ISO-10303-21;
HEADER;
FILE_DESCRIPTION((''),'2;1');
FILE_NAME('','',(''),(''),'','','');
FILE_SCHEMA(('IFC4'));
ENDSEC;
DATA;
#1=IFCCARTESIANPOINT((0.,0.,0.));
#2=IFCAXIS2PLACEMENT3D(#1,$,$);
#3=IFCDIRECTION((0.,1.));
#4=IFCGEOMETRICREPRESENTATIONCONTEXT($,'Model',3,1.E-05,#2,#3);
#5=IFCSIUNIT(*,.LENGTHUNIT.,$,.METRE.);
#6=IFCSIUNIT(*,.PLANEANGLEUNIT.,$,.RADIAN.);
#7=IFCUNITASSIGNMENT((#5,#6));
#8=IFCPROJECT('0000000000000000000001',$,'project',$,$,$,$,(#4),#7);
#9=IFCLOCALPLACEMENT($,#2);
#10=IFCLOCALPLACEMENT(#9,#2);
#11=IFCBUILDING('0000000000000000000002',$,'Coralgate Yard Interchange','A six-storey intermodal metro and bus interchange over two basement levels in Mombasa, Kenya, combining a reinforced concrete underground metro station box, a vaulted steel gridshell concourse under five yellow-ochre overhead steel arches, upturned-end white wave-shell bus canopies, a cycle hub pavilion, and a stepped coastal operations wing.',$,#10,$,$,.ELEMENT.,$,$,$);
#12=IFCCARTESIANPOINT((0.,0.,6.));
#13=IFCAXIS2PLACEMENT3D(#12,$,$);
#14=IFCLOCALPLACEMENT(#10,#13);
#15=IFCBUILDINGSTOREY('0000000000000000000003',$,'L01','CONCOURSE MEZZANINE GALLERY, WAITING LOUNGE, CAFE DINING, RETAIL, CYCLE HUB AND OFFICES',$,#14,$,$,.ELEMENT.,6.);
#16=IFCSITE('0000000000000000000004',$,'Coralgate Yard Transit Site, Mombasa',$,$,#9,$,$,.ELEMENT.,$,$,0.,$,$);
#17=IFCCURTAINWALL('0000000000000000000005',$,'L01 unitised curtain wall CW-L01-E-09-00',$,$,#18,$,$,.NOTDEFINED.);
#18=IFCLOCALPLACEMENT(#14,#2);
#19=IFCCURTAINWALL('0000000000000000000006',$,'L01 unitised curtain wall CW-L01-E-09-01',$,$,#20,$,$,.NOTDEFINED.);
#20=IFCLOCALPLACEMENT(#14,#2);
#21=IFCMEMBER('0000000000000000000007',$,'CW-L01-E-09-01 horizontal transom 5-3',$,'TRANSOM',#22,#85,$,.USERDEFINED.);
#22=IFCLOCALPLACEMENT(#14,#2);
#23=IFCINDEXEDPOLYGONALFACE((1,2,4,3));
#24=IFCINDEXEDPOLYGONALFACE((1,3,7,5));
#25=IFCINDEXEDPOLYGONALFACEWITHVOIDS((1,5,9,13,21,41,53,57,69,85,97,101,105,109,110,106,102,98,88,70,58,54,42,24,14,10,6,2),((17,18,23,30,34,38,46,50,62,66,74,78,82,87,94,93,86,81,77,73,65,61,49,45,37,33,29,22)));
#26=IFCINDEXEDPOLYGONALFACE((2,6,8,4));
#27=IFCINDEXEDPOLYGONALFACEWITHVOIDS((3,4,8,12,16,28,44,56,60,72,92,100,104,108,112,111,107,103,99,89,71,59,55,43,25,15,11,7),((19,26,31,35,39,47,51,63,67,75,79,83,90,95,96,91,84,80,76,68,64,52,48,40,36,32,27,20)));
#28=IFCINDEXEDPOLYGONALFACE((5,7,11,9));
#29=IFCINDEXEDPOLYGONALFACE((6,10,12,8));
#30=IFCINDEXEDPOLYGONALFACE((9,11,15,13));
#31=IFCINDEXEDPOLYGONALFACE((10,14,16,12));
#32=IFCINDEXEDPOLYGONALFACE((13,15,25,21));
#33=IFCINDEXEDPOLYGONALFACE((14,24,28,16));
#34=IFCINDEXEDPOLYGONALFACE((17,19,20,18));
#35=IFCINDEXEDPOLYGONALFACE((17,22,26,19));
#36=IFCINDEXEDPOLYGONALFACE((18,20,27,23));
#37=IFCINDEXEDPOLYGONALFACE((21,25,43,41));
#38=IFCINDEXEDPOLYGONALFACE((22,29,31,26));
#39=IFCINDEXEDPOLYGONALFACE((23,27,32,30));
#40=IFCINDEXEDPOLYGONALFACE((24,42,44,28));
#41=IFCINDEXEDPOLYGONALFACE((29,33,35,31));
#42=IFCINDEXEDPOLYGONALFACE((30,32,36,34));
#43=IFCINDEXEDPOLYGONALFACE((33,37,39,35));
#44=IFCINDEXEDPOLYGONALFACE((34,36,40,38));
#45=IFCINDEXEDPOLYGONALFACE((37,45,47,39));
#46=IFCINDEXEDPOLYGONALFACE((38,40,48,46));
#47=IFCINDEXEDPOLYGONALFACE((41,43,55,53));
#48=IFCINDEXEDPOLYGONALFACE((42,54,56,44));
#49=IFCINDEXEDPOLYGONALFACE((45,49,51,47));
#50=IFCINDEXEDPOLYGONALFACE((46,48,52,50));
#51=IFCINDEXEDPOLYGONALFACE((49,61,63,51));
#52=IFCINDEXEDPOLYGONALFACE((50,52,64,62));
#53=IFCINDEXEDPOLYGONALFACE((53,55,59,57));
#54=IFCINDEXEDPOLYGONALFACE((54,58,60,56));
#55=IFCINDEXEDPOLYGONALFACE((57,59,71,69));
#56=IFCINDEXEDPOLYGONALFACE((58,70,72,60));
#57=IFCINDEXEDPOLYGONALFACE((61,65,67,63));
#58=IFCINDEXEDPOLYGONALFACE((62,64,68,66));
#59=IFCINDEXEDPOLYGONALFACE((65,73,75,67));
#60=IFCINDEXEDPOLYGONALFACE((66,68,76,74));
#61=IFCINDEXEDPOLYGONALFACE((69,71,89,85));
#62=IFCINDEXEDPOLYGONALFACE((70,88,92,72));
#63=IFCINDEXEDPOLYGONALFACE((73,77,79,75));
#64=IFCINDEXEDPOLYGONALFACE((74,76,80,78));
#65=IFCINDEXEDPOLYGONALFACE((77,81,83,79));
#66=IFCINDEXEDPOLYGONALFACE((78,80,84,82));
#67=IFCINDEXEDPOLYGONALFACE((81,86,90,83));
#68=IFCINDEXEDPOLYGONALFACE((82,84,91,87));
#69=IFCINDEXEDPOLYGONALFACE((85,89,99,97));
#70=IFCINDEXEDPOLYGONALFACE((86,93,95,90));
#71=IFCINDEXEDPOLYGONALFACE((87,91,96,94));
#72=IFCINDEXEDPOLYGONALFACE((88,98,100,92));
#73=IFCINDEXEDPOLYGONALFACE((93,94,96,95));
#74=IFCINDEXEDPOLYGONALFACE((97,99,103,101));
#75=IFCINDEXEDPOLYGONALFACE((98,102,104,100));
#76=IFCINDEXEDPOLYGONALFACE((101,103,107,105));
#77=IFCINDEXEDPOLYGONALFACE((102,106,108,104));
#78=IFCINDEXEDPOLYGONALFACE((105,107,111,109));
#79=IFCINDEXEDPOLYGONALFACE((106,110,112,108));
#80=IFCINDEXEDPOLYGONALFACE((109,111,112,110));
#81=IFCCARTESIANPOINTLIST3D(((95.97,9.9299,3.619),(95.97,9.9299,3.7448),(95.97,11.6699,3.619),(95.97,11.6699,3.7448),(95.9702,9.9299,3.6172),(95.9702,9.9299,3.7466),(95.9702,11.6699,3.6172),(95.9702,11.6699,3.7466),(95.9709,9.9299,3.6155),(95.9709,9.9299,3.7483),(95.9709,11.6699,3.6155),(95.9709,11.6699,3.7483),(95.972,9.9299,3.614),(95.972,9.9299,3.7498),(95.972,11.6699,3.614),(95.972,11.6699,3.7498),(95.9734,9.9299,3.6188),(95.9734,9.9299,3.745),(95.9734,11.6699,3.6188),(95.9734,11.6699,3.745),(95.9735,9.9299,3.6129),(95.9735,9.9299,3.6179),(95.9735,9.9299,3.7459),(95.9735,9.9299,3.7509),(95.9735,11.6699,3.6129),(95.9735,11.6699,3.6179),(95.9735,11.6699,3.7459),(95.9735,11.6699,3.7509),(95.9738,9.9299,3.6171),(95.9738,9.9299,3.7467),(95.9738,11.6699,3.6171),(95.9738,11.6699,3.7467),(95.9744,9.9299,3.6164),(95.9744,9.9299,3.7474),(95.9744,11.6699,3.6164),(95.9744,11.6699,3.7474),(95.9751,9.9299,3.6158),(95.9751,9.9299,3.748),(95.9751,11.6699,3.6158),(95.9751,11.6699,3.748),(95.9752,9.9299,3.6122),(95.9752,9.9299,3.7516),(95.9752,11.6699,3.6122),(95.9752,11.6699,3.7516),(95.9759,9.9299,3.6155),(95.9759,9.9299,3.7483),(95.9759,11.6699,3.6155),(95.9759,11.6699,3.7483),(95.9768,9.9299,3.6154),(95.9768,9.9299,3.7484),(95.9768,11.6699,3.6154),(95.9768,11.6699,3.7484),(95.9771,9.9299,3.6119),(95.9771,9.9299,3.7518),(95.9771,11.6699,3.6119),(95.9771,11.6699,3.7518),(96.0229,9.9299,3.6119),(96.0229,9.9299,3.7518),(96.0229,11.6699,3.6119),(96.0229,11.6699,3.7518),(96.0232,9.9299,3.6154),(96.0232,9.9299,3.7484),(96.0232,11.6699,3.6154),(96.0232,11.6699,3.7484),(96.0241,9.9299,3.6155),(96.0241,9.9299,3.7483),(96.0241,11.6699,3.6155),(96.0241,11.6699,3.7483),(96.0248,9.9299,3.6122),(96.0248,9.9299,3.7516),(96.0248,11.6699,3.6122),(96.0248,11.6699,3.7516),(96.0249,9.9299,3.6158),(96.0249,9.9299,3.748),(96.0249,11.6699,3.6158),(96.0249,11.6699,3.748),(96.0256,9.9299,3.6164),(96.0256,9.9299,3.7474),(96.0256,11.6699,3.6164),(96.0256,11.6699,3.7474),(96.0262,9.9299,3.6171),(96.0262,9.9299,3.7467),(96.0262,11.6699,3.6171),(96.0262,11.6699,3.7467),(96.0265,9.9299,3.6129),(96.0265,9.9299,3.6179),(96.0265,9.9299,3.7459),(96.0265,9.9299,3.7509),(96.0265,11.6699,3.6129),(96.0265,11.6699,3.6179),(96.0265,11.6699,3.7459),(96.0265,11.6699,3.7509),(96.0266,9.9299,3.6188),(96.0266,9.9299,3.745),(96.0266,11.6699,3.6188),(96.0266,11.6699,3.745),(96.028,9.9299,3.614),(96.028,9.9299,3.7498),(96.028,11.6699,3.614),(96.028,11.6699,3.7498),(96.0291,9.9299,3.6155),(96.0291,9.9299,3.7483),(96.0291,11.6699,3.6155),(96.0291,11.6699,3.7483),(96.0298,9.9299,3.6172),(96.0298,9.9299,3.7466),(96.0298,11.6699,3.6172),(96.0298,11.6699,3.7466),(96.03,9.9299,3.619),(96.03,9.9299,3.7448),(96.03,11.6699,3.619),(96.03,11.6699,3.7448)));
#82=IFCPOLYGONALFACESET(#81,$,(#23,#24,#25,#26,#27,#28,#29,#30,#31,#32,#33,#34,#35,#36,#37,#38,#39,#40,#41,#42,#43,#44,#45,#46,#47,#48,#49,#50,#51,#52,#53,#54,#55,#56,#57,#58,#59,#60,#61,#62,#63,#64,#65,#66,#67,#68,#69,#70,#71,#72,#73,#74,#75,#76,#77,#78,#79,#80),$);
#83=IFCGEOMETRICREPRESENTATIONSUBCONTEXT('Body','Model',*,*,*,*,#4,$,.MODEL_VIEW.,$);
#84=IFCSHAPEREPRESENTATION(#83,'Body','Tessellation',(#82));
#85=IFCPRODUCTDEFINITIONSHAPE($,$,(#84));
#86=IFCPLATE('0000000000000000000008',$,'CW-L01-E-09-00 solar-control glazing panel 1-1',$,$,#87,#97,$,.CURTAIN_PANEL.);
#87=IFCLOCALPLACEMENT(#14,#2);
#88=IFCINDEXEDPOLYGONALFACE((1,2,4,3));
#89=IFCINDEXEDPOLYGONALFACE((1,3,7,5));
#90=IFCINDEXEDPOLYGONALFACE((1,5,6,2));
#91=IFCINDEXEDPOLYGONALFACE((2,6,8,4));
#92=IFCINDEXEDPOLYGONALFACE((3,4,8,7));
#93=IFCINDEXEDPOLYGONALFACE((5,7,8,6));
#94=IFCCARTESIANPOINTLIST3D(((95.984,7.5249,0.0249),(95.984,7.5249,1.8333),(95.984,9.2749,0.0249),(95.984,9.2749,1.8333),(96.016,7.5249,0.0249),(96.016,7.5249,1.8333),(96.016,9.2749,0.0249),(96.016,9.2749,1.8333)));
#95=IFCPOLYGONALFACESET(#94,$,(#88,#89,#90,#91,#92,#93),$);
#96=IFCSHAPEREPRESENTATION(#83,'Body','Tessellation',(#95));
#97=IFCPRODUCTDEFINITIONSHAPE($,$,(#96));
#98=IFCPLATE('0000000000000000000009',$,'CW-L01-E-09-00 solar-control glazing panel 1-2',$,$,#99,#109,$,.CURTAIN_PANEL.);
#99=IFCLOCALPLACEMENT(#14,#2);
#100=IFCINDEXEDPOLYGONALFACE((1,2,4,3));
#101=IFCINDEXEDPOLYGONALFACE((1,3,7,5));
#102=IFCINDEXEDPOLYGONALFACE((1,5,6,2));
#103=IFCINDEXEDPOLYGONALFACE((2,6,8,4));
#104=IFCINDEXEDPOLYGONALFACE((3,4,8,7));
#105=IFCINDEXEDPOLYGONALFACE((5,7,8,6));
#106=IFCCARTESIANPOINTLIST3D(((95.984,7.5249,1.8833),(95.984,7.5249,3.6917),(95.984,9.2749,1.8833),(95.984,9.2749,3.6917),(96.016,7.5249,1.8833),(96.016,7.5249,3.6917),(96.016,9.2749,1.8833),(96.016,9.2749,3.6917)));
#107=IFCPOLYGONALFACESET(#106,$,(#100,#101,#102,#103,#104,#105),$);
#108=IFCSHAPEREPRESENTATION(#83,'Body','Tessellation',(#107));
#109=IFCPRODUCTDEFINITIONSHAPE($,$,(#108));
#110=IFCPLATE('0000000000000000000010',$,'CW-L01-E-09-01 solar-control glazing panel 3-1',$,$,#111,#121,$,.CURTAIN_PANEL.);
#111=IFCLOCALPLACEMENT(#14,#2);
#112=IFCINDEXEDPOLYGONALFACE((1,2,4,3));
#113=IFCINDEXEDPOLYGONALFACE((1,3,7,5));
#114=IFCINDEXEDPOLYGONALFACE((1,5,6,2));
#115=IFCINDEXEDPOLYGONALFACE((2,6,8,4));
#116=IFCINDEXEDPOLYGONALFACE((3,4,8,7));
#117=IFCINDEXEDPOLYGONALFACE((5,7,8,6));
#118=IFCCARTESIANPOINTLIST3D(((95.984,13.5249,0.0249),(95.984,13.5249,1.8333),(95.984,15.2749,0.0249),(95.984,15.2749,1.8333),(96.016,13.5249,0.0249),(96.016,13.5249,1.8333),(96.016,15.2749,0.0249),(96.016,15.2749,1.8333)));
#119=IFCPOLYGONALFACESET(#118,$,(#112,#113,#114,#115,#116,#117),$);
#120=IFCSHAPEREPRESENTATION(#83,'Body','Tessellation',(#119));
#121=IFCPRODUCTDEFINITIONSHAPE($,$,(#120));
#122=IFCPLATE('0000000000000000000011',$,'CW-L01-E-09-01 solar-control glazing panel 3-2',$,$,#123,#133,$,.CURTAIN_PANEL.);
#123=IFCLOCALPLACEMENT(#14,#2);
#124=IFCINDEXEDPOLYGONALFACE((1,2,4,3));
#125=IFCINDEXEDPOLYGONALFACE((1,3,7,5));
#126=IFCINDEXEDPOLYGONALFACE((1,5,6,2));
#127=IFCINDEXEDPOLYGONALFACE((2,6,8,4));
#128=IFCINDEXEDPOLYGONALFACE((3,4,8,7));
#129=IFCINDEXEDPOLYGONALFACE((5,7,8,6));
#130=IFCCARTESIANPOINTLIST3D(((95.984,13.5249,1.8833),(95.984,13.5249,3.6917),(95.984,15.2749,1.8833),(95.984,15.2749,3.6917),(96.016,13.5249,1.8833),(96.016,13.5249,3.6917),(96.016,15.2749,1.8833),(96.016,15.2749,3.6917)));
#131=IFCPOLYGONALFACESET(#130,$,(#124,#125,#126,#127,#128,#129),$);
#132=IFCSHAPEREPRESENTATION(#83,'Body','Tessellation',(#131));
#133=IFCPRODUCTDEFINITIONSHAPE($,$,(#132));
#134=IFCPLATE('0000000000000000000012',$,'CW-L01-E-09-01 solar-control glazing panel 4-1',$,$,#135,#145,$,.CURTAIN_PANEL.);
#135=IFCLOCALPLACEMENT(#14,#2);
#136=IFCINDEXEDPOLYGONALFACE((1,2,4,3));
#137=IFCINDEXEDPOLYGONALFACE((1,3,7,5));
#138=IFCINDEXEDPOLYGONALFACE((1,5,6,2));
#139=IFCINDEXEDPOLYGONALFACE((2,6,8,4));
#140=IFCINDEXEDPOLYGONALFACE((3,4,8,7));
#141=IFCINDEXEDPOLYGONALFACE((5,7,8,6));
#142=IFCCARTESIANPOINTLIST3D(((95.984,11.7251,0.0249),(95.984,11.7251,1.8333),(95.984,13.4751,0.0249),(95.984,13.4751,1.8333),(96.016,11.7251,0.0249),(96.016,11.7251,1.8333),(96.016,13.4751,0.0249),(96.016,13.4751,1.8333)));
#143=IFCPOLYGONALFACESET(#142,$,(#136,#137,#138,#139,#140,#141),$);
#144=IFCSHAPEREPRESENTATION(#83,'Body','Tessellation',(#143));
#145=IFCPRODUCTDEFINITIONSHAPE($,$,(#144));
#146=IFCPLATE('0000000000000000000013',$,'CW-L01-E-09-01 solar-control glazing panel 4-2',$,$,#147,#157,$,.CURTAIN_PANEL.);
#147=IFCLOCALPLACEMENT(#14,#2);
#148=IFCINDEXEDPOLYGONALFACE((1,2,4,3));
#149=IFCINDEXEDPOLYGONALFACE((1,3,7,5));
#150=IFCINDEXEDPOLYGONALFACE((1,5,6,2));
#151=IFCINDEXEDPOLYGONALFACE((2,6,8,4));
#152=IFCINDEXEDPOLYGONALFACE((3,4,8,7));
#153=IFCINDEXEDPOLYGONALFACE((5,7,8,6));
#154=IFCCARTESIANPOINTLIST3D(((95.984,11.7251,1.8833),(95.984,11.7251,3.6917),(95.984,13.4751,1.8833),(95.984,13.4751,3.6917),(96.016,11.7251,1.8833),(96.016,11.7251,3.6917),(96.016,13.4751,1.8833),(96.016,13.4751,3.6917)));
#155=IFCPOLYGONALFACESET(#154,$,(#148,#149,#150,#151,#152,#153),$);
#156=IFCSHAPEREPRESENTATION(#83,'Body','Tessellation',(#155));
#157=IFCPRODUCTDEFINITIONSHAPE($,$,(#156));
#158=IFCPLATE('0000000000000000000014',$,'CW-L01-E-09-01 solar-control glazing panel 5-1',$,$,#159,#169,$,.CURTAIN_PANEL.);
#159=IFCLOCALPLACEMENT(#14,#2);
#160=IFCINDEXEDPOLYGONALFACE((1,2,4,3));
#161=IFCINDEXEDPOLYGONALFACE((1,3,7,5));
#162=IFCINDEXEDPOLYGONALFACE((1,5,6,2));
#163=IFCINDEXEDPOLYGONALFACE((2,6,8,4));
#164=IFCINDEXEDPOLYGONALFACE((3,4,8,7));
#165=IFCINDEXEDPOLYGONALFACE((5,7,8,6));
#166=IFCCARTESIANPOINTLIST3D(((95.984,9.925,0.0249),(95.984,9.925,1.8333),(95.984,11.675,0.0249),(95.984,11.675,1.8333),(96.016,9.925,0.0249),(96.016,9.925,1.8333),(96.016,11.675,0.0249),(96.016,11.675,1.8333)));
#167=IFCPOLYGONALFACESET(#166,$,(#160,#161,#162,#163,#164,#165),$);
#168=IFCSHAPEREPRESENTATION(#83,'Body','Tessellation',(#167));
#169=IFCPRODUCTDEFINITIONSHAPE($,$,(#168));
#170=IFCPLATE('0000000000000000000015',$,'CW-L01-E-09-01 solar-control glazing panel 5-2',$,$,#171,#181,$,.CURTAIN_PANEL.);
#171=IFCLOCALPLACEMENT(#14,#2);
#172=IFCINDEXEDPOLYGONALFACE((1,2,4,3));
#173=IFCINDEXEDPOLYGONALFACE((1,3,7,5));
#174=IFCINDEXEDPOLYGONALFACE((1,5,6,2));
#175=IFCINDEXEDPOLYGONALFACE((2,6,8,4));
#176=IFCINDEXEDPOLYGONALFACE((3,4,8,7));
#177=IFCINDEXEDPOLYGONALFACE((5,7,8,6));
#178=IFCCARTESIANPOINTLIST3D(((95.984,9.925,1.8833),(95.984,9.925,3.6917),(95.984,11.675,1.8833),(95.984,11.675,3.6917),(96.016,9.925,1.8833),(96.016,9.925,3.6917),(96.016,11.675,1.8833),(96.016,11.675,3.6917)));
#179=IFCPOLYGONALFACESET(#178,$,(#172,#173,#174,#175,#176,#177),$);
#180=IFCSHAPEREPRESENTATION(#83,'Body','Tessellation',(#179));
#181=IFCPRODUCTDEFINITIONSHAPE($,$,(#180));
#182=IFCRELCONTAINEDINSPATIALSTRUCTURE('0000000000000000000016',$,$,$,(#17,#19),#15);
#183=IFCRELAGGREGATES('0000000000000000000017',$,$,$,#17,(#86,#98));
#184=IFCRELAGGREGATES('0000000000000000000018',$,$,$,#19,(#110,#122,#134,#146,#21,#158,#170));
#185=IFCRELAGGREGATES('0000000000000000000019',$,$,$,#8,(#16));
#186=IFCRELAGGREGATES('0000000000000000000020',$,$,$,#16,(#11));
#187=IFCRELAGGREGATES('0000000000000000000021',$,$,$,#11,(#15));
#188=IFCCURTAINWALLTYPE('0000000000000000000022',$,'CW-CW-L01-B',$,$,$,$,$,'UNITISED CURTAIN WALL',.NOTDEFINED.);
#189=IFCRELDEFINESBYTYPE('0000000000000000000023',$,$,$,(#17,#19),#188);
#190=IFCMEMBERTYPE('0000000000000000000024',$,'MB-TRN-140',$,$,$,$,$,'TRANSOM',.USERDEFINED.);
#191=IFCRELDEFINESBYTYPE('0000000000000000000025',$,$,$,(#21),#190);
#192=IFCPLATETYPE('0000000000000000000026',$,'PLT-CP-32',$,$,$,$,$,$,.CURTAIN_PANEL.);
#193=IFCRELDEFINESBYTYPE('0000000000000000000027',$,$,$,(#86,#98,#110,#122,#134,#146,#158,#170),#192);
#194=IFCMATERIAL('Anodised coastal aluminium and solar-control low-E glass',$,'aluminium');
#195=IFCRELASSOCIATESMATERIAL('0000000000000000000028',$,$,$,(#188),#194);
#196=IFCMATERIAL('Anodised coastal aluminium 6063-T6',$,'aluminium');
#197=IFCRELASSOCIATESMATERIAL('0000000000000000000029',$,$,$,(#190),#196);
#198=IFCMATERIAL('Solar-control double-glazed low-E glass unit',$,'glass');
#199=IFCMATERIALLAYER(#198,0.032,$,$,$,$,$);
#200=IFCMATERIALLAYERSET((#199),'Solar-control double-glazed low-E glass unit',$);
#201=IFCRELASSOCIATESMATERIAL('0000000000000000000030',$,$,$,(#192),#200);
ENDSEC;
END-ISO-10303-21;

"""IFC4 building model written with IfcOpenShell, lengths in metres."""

from ifc_helpers import new_model, si_unit, direction, frame, origin, origin_2d, place, context, subcontext, project, spatial, rectangle, hollow_rectangle, extrude, material, layer, layer_set, material_profile, profile_set, type_object, element, aggregate, save


model = new_model("IFC4")

# Units and contexts
model_context = context("Model", 3, precision=1e-05, world=origin(), true_north=direction((0.0, 1.0)))
body_context = subcontext(model_context, "Body", "Model", "MODEL_VIEW")
ifc_project = project(units=[si_unit("LENGTHUNIT", "METRE"), si_unit("PLANEANGLEUNIT", "RADIAN")], contexts=[model_context])

# Site, building, storey
site_placement = place(None, origin())
site = spatial("IfcSite", under=ifc_project, at=site_placement, Name="Coralgate Yard Transit Site, Mombasa", CompositionType="ELEMENT", RefElevation=0.0)
building_placement = place(site_placement, origin())
building = spatial("IfcBuilding", under=site, at=building_placement, Name="Coralgate Yard Interchange", Description="A six-storey intermodal metro and bus interchange over two basement levels in Mombasa, Kenya, combining a reinforced concrete underground metro station box, a vaulted steel gridshell concourse under five yellow-ochre overhead steel arches, upturned-end white wave-shell bus canopies, a cycle hub pavilion, and a stepped coastal operations wing.", CompositionType="ELEMENT")
storey_placement = place(building_placement, frame((0.0, 0.0, 6.0)))
storey = spatial("IfcBuildingStorey", under=building, at=storey_placement, Name="L01", Description="CONCOURSE MEZZANINE GALLERY, WAITING LOUNGE, CAFE DINING, RETAIL, CYCLE HUB AND OFFICES", CompositionType="ELEMENT", Elevation=6.0)

# Curtain walls
ifc_material_1 = material(Name="Anodised coastal aluminium and solar-control low-E glass", Category="aluminium")
curtain_wall_type = type_object("IfcCurtainWallType", Name="CW-CW-L01-B", ElementType="UNITISED CURTAIN WALL", PredefinedType="NOTDEFINED", material=ifc_material_1)
curtain_wall_1_placement = place(storey_placement, origin())
curtain_wall_1 = element("IfcCurtainWall", 1, at=curtain_wall_1_placement, inside=storey, type_object=curtain_wall_type, Name="L01 unitised curtain wall CW-L01-E-09-00", PredefinedType="NOTDEFINED")
ifc_material_2 = material(Name="Anodised coastal aluminium 6063-T6", Category="aluminium")
curtain_wall_2_placement = place(storey_placement, origin())
curtain_wall_2 = element("IfcCurtainWall", 2, at=curtain_wall_2_placement, inside=storey, type_object=curtain_wall_type, Name="L01 unitised curtain wall CW-L01-E-09-01", PredefinedType="NOTDEFINED")

# Member
ifc_material_profile_1 = material_profile(ifc_material_2, hollow_rectangle(XDim=0.0601, YDim=0.1399, WallThickness=0.0034, InnerFilletRadius=0.0034, OuterFilletRadius=0.0071, at=origin_2d()), Name="ALU 60x140x3.5")
ifc_profile_set_1 = profile_set([ifc_material_profile_1], Name="Anodised coastal aluminium 6063-T6")
member_type_1 = type_object("IfcMemberType", Name="MB-TRN-140", ElementType="TRANSOM", PredefinedType="USERDEFINED", material=ifc_profile_set_1)
member_1_placement = place(storey_placement, frame((96.0, 11.6699, 3.6819), z_axis=(0.0, -1.0, 0.0), x_axis=(1.0, 0.0, 0.0)))
member_1 = element("IfcMember", 3, at=member_1_placement, type_object=member_type_1, Name="CW-L01-E-09-01 horizontal transom 5-3", ObjectType="TRANSOM", PredefinedType="USERDEFINED", context=body_context, shape_type="SweptSolid", body=[
    extrude(hollow_rectangle(XDim=0.0601, YDim=0.1399, WallThickness=0.0034, InnerFilletRadius=0.0034, OuterFilletRadius=0.0071, at=origin_2d()), origin(), (0.0, 0.0, 1.0), 1.74),
])

# Plates
ifc_material_3 = material(Name="Solar-control double-glazed low-E glass unit", Category="glass")
ifc_layer_1 = layer(ifc_material_3, 0.032)
ifc_layer_set_1 = layer_set([ifc_layer_1], Name="Solar-control double-glazed low-E glass unit")
plate_type = type_object("IfcPlateType", Name="PLT-CP-32", PredefinedType="CURTAIN_PANEL", material=ifc_layer_set_1)
plate_1_placement = place(storey_placement, frame((96.0, 8.3999, 0.0249), z_axis=(0.0, 0.0, 1.0), x_axis=(0.0, -1.0, 0.0)))
plate_1 = element("IfcPlate", 4, at=plate_1_placement, type_object=plate_type, Name="CW-L01-E-09-00 solar-control glazing panel 1-1", PredefinedType="CURTAIN_PANEL", context=body_context, shape_type="SweptSolid", body=[
    extrude(rectangle(XDim=1.75, YDim=0.032, at=origin_2d()), origin(), (0.0, 0.0, 1.0), 1.8083),
])
plate_2_placement = place(storey_placement, frame((96.0, 8.3999, 1.8833), z_axis=(0.0, 0.0, 1.0), x_axis=(0.0, -1.0, 0.0)))
plate_2 = element("IfcPlate", 5, at=plate_2_placement, type_object=plate_type, Name="CW-L01-E-09-00 solar-control glazing panel 1-2", PredefinedType="CURTAIN_PANEL", context=body_context, shape_type="SweptSolid", body=[
    extrude(rectangle(XDim=1.75, YDim=0.032, at=origin_2d()), origin(), (0.0, 0.0, 1.0), 1.8083),
])
aggregate(curtain_wall_1, [plate_1, plate_2])
plate_3_placement = place(storey_placement, frame((96.0, 14.3999, 0.0249), z_axis=(0.0, 0.0, 1.0), x_axis=(0.0, -1.0, 0.0)))
plate_3 = element("IfcPlate", 6, at=plate_3_placement, type_object=plate_type, Name="CW-L01-E-09-01 solar-control glazing panel 3-1", PredefinedType="CURTAIN_PANEL", context=body_context, shape_type="SweptSolid", body=[
    extrude(rectangle(XDim=1.75, YDim=0.032, at=origin_2d()), origin(), (0.0, 0.0, 1.0), 1.8083),
])
plate_4_placement = place(storey_placement, frame((96.0, 14.3999, 1.8833), z_axis=(0.0, 0.0, 1.0), x_axis=(0.0, -1.0, 0.0)))
plate_4 = element("IfcPlate", 7, at=plate_4_placement, type_object=plate_type, Name="CW-L01-E-09-01 solar-control glazing panel 3-2", PredefinedType="CURTAIN_PANEL", context=body_context, shape_type="SweptSolid", body=[
    extrude(rectangle(XDim=1.75, YDim=0.032, at=origin_2d()), origin(), (0.0, 0.0, 1.0), 1.8083),
])
plate_5_placement = place(storey_placement, frame((96.0, 12.6001, 0.0249), z_axis=(0.0, 0.0, 1.0), x_axis=(0.0, -1.0, 0.0)))
plate_5 = element("IfcPlate", 8, at=plate_5_placement, type_object=plate_type, Name="CW-L01-E-09-01 solar-control glazing panel 4-1", PredefinedType="CURTAIN_PANEL", context=body_context, shape_type="SweptSolid", body=[
    extrude(rectangle(XDim=1.75, YDim=0.032, at=origin_2d()), origin(), (0.0, 0.0, 1.0), 1.8083),
])
plate_6_placement = place(storey_placement, frame((96.0, 12.6001, 1.8833), z_axis=(0.0, 0.0, 1.0), x_axis=(0.0, -1.0, 0.0)))
plate_6 = element("IfcPlate", 9, at=plate_6_placement, type_object=plate_type, Name="CW-L01-E-09-01 solar-control glazing panel 4-2", PredefinedType="CURTAIN_PANEL", context=body_context, shape_type="SweptSolid", body=[
    extrude(rectangle(XDim=1.75, YDim=0.032, at=origin_2d()), origin(), (0.0, 0.0, 1.0), 1.8083),
])
plate_7_placement = place(storey_placement, frame((96.0, 10.8, 0.0249), z_axis=(0.0, 0.0, 1.0), x_axis=(0.0, -1.0, 0.0)))
plate_7 = element("IfcPlate", 10, at=plate_7_placement, type_object=plate_type, Name="CW-L01-E-09-01 solar-control glazing panel 5-1", PredefinedType="CURTAIN_PANEL", context=body_context, shape_type="SweptSolid", body=[
    extrude(rectangle(XDim=1.75, YDim=0.032, at=origin_2d()), origin(), (0.0, 0.0, 1.0), 1.8083),
])
plate_8_placement = place(storey_placement, frame((96.0, 10.8, 1.8833), z_axis=(0.0, 0.0, 1.0), x_axis=(0.0, -1.0, 0.0)))
plate_8 = element("IfcPlate", 11, at=plate_8_placement, type_object=plate_type, Name="CW-L01-E-09-01 solar-control glazing panel 5-2", PredefinedType="CURTAIN_PANEL", context=body_context, shape_type="SweptSolid", body=[
    extrude(rectangle(XDim=1.75, YDim=0.032, at=origin_2d()), origin(), (0.0, 0.0, 1.0), 1.8083),
])
aggregate(curtain_wall_2, [plate_3, plate_4, plate_5, plate_6, member_1, plate_7, plate_8])

save(model, "model.ifc")
